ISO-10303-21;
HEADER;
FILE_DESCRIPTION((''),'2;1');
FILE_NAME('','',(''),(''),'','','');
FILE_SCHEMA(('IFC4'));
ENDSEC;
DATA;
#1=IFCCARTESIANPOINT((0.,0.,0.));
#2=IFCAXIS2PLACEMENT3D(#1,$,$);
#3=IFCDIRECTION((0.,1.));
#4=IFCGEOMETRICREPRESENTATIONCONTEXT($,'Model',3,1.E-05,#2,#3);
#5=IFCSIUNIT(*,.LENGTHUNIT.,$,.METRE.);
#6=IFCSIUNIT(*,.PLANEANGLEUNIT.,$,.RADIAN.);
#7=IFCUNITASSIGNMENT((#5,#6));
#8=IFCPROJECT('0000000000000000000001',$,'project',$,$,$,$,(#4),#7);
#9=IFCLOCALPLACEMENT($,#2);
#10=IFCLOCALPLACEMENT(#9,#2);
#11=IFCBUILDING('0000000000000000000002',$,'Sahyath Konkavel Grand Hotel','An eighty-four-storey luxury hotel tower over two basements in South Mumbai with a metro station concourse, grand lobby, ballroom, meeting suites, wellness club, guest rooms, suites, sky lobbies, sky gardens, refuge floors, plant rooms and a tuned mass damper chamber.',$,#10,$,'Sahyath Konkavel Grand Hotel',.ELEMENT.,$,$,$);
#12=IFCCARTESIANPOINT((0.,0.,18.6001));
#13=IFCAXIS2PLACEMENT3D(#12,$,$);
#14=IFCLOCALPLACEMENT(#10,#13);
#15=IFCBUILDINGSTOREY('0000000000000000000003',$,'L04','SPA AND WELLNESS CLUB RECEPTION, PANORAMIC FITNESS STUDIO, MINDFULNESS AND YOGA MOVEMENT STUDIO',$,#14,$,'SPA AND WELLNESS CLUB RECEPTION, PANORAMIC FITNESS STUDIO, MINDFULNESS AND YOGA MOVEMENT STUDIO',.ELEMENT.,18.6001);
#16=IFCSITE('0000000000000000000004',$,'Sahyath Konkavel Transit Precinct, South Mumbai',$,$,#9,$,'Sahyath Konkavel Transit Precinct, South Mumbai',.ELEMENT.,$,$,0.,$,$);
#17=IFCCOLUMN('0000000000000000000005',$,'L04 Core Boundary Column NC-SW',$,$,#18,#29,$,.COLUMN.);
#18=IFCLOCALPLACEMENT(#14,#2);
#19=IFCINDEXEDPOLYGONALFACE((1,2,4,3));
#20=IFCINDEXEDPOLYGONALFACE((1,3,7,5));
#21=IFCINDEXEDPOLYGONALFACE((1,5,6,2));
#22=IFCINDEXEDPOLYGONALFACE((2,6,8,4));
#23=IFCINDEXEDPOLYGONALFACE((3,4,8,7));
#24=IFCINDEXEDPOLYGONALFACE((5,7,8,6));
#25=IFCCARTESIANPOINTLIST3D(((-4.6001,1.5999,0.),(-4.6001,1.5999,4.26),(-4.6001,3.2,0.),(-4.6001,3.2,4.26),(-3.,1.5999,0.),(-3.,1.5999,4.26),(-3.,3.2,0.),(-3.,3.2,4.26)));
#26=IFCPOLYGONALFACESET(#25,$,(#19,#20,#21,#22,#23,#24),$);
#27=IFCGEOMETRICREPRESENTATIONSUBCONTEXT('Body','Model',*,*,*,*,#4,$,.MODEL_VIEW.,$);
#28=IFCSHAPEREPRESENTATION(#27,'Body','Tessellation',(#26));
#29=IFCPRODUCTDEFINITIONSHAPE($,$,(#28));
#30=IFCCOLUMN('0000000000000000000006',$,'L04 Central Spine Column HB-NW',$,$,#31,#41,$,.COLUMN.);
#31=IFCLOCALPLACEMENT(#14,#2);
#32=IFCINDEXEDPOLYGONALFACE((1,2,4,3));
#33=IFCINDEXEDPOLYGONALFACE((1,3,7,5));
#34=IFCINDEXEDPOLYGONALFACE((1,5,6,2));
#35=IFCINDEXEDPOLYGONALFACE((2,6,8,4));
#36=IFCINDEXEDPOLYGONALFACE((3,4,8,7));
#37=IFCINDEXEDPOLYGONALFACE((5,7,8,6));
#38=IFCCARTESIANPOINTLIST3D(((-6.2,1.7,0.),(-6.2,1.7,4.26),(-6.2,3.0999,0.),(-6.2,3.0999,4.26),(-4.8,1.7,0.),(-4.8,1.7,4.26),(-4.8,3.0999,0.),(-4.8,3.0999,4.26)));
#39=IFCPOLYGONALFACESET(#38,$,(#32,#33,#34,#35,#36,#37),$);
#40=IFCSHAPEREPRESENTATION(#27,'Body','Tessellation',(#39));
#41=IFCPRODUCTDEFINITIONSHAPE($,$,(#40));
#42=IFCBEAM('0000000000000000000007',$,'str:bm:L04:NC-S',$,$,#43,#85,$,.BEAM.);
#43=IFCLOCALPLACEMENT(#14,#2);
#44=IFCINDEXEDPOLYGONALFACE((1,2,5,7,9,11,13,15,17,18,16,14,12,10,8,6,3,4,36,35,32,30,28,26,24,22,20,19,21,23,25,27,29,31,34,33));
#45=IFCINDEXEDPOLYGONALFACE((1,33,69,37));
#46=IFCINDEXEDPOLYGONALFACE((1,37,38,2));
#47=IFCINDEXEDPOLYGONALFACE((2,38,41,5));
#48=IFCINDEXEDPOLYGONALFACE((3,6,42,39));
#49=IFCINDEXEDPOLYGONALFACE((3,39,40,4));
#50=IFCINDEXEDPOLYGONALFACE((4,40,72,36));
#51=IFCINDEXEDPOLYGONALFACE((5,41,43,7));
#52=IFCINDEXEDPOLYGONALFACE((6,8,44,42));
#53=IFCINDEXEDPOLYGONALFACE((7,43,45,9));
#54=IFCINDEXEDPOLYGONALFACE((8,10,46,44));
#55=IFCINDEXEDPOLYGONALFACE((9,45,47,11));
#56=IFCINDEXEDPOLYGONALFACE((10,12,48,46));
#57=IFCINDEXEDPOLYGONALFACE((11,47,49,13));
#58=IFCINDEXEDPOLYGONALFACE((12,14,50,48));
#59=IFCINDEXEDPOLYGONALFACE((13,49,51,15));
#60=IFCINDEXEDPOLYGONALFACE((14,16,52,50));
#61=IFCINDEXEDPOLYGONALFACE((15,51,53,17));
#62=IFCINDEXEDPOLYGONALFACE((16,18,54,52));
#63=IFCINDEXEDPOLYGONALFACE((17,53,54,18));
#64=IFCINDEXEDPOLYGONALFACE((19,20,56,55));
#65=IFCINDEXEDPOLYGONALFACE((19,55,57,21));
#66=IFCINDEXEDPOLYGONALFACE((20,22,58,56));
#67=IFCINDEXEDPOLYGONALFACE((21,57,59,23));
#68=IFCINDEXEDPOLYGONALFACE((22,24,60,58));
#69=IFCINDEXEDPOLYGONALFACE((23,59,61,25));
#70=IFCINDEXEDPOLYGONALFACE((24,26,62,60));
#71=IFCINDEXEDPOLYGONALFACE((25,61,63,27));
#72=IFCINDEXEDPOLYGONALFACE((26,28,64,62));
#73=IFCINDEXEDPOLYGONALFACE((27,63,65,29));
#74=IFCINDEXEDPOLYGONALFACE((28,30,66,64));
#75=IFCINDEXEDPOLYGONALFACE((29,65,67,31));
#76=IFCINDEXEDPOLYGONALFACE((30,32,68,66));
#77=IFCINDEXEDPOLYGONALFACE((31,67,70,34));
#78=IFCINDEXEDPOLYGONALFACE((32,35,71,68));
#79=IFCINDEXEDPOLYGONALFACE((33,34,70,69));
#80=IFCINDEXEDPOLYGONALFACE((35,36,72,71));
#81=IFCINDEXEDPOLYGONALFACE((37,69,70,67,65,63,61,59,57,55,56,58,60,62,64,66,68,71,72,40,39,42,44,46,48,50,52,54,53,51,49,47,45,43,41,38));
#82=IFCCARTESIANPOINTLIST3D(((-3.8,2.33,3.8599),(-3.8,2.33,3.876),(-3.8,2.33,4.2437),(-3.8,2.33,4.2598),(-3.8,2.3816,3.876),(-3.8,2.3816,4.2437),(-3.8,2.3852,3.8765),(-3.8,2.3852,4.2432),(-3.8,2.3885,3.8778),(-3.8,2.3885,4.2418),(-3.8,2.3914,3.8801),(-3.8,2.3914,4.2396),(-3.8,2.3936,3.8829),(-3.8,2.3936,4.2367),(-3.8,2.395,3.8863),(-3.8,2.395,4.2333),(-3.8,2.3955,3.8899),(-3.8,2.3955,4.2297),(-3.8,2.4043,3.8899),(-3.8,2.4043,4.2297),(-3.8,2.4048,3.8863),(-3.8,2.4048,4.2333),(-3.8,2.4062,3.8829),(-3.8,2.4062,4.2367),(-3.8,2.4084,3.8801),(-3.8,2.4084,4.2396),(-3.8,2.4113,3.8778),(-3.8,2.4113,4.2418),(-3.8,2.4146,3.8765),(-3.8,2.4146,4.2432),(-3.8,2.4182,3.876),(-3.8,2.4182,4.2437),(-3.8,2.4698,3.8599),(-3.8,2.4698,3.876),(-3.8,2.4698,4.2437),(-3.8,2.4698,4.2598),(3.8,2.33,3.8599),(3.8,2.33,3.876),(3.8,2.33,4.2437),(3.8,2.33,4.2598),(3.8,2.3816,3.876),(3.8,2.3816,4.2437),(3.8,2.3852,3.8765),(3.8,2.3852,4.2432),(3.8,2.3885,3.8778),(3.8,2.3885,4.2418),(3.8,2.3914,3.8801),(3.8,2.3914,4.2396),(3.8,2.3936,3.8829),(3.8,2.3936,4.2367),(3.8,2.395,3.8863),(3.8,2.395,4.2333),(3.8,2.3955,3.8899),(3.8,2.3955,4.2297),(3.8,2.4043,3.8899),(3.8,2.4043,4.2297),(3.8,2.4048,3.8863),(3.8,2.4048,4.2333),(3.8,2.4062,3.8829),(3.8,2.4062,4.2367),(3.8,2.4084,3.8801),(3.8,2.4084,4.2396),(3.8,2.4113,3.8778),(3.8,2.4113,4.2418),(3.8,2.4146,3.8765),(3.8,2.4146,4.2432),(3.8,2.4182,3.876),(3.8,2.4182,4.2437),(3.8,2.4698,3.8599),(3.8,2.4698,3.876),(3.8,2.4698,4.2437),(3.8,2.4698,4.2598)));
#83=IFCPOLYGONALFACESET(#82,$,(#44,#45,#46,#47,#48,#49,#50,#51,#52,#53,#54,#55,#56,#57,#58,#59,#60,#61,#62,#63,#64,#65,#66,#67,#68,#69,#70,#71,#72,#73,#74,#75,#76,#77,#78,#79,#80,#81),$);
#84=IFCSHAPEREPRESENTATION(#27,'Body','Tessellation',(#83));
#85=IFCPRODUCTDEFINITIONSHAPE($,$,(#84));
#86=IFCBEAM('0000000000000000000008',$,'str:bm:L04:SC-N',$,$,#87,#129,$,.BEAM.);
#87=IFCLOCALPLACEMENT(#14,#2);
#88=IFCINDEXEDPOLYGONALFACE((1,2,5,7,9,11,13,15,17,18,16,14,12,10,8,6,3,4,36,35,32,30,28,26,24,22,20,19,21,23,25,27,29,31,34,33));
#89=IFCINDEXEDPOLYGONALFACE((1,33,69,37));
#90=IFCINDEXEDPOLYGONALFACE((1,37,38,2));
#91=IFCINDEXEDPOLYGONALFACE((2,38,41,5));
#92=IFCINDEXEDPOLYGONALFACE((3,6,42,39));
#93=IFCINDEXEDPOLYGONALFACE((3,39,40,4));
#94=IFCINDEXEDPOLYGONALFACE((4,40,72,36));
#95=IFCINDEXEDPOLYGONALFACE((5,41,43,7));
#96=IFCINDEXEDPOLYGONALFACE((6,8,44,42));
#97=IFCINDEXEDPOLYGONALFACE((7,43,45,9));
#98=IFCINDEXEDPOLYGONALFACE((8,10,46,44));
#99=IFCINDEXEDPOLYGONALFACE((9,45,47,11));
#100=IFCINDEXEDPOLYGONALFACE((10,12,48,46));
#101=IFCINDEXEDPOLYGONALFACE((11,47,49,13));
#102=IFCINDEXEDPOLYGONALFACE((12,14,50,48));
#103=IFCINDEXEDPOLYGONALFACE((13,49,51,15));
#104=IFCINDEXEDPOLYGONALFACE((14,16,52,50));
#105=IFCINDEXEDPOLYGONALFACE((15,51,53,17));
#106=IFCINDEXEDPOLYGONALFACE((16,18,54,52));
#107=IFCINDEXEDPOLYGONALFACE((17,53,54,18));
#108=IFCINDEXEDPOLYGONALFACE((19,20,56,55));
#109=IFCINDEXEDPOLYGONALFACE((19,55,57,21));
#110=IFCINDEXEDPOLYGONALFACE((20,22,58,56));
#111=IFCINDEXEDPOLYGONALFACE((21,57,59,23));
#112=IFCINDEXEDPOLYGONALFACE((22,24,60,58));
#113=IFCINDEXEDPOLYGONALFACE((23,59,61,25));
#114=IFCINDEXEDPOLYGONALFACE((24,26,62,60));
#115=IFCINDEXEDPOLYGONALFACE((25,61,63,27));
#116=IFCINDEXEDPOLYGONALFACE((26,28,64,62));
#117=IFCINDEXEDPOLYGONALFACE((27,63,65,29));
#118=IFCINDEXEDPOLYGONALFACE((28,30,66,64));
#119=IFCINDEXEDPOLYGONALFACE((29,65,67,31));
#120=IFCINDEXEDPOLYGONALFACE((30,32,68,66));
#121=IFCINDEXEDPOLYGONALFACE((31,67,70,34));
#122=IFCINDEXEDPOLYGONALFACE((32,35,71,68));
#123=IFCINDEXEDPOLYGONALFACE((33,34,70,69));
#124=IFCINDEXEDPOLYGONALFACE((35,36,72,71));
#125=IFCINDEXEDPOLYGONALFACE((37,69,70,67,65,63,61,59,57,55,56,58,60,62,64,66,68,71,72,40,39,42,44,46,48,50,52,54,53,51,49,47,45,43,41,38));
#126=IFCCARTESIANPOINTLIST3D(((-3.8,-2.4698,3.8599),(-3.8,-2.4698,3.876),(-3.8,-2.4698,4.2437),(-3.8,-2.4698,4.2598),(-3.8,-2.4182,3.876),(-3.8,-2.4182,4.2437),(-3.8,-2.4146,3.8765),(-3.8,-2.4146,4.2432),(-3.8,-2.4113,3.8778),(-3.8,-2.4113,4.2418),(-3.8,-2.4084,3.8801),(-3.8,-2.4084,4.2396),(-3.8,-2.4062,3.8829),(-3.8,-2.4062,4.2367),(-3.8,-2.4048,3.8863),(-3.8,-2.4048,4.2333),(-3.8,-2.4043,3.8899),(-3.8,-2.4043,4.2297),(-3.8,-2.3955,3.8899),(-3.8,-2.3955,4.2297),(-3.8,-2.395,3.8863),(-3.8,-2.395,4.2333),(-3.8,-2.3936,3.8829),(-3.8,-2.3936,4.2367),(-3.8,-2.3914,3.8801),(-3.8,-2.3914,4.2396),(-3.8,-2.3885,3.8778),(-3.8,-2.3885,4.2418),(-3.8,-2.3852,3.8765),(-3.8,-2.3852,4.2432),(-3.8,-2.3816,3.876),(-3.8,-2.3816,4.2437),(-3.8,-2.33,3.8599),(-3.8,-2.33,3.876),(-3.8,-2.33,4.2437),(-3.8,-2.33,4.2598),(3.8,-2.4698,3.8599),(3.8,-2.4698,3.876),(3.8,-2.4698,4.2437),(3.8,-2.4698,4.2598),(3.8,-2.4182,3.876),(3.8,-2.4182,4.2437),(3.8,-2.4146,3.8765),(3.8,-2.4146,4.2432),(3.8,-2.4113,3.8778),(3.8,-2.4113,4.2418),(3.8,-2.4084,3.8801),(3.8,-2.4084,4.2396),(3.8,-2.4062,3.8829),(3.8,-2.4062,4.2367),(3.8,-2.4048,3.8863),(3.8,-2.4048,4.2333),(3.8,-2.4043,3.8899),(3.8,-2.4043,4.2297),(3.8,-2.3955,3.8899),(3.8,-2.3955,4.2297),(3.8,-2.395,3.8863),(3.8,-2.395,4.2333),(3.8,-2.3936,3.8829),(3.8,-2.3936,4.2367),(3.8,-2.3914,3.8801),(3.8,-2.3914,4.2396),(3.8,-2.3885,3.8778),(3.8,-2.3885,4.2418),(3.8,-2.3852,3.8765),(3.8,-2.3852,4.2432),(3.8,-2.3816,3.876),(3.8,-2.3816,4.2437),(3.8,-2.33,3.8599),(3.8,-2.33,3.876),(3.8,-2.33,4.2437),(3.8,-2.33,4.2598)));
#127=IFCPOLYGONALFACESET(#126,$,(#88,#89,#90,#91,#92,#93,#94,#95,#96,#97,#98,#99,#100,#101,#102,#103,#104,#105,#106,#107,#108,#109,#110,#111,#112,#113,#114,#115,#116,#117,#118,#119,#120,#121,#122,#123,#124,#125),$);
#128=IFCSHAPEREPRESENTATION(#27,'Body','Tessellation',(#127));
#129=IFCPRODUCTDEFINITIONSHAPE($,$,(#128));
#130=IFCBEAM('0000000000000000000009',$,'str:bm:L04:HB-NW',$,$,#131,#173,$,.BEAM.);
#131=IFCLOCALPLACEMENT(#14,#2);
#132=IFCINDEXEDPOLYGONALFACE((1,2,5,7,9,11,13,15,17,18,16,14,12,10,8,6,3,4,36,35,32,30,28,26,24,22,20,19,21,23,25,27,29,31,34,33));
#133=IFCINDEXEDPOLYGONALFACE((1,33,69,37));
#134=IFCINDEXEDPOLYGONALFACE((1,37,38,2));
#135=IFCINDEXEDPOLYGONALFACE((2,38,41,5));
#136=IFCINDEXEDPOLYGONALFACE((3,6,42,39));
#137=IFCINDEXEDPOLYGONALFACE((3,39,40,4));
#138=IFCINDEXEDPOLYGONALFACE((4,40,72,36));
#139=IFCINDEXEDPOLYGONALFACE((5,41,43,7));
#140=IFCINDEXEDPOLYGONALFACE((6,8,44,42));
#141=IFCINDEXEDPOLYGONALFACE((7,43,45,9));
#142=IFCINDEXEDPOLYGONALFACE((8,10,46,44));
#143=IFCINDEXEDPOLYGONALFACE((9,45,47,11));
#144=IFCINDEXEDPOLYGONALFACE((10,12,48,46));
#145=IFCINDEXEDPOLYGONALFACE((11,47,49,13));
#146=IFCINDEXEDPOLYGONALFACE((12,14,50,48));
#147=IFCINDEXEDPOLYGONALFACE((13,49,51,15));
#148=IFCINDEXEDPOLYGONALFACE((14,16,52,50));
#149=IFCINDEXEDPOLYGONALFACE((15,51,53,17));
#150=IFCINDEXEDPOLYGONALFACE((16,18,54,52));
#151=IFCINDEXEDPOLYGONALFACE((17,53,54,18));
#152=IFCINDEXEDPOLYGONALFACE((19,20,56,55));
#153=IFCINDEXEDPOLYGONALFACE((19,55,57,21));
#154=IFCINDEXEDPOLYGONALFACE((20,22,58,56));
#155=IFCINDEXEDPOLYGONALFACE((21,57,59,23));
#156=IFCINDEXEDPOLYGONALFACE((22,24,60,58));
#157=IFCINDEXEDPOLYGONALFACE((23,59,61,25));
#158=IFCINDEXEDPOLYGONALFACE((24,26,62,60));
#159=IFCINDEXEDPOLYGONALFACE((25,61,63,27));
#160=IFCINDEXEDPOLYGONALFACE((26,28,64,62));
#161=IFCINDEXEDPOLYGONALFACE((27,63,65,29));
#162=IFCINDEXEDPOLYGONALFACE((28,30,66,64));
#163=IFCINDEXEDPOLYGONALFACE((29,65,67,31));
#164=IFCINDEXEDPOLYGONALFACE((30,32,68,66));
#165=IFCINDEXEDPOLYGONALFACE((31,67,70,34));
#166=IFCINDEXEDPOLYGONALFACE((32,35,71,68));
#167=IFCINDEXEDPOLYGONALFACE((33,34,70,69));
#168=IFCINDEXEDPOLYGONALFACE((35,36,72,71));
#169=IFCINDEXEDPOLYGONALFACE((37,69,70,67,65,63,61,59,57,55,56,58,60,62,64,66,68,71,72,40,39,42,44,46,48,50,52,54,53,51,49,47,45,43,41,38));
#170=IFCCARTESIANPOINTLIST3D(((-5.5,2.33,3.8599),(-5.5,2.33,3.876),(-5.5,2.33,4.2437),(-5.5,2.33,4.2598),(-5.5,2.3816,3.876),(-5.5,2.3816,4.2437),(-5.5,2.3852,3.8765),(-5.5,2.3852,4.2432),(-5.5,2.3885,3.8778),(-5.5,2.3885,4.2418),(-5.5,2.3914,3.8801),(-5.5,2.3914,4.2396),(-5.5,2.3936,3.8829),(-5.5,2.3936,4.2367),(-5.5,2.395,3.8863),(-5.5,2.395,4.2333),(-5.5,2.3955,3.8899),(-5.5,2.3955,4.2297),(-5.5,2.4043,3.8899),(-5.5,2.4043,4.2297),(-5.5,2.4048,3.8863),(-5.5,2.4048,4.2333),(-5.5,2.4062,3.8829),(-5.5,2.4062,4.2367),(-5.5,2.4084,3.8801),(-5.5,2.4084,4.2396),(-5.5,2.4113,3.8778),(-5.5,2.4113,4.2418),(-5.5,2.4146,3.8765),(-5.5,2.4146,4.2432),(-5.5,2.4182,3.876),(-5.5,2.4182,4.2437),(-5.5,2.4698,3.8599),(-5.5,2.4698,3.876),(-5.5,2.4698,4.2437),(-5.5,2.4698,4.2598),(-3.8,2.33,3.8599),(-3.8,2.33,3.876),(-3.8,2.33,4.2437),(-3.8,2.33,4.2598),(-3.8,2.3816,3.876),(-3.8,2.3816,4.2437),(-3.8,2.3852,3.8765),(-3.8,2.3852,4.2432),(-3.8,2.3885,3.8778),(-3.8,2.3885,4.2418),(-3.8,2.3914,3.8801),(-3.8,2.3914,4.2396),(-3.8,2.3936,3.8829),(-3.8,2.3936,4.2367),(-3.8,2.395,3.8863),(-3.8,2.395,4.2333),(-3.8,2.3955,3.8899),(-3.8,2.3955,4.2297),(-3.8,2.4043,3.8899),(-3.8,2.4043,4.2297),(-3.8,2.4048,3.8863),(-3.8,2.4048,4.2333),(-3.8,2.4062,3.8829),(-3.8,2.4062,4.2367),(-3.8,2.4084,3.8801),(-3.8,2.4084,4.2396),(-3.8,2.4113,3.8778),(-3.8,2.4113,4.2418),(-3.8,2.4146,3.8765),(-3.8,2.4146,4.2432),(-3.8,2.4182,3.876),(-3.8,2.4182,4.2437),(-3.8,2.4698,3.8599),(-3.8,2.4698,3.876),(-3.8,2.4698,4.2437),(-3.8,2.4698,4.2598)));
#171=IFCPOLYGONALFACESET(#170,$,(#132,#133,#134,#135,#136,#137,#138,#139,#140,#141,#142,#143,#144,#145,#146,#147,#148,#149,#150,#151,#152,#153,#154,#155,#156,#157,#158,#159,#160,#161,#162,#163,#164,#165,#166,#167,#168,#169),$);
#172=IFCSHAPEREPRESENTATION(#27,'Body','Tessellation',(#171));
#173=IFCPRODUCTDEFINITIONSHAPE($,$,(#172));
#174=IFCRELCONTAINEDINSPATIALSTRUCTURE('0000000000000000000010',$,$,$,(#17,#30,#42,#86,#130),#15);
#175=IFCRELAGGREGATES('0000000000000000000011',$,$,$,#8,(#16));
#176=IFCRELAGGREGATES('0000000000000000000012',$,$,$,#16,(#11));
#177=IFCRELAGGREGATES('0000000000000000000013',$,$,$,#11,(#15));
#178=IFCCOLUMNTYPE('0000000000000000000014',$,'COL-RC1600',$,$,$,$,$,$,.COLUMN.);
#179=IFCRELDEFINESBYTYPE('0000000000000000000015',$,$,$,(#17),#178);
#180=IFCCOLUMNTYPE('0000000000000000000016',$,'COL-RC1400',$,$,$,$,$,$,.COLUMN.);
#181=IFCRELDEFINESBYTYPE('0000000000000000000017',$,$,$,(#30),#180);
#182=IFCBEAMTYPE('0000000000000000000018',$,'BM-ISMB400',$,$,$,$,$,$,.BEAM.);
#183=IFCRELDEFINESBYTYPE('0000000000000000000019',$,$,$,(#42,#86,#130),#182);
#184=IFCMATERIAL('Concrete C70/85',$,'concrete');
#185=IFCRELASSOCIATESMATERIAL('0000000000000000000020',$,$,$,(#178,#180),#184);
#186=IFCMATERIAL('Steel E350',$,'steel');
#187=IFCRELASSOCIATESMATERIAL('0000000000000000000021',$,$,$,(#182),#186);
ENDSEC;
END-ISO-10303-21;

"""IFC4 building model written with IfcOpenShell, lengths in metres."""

from ifc_helpers import new_model, si_unit, direction, frame, origin, origin_2d, place, context, subcontext, project, spatial, rectangle, i_section, extrude, source, transform, mapped, material, material_profile, profile_set, type_object, element, save


model = new_model("IFC4")

# Units and contexts
model_context = context("Model", 3, precision=1e-05, world=origin(), true_north=direction((0.0, 1.0)))
body_context = subcontext(model_context, "Body", "Model", "MODEL_VIEW")
ifc_project = project(units=[si_unit("LENGTHUNIT", "METRE"), si_unit("PLANEANGLEUNIT", "RADIAN")], contexts=[model_context])

# Site, building, storey
site_placement = place(None, origin())
site = spatial("IfcSite", under=ifc_project, at=site_placement, Name="Sahyath Konkavel Transit Precinct, South Mumbai", LongName="Sahyath Konkavel Transit Precinct, South Mumbai", CompositionType="ELEMENT", RefElevation=0.0)
building_placement = place(site_placement, origin())
building = spatial("IfcBuilding", under=site, at=building_placement, Name="Sahyath Konkavel Grand Hotel", Description="An eighty-four-storey luxury hotel tower over two basements in South Mumbai with a metro station concourse, grand lobby, ballroom, meeting suites, wellness club, guest rooms, suites, sky lobbies, sky gardens, refuge floors, plant rooms and a tuned mass damper chamber.", LongName="Sahyath Konkavel Grand Hotel", CompositionType="ELEMENT")
storey_placement = place(building_placement, frame((0.0, 0.0, 18.6001)))
storey = spatial("IfcBuildingStorey", under=building, at=storey_placement, Name="L04", Description="SPA AND WELLNESS CLUB RECEPTION, PANORAMIC FITNESS STUDIO, MINDFULNESS AND YOGA MOVEMENT STUDIO", LongName="SPA AND WELLNESS CLUB RECEPTION, PANORAMIC FITNESS STUDIO, MINDFULNESS AND YOGA MOVEMENT STUDIO", CompositionType="ELEMENT", Elevation=18.6001)

# Columns
ifc_material_1 = material(Name="Concrete C70/85", Category="concrete")
ifc_material_profile_1 = material_profile(ifc_material_1, rectangle(XDim=1.6001, YDim=1.6001, at=origin_2d()), Name="RC 1600x1600")
ifc_profile_set_1 = profile_set([ifc_material_profile_1], Name="Concrete C70/85")
column_type_1 = type_object("IfcColumnType", Name="COL-RC1600", PredefinedType="COLUMN", material=ifc_profile_set_1)
shared_shape_1 = source(origin(), body_context, "Body", "SweptSolid", [
    extrude(rectangle(XDim=1.6001, YDim=1.6001, at=origin_2d()), origin(), (0.0, 0.0, 1.0), 4.26),
])
column_1_placement = place(storey_placement, frame((-3.8, 2.3999, 0.0), z_axis=(0.0, 0.0, 1.0), x_axis=(1.0, 0.0, 0.0)))
element("IfcColumn", 1, at=column_1_placement, inside=storey, type_object=column_type_1, Name="L04 Core Boundary Column NC-SW", PredefinedType="COLUMN", context=body_context, shape_type="MappedRepresentation", body=[
    mapped(shared_shape_1, transform((0.0, 0.0, 0.0), scale=1.0)),
])
ifc_material_profile_2 = material_profile(ifc_material_1, rectangle(XDim=1.3999, YDim=1.3999, at=origin_2d()), Name="RC 1400x1400")
ifc_profile_set_2 = profile_set([ifc_material_profile_2], Name="Concrete C70/85")
column_type_2 = type_object("IfcColumnType", Name="COL-RC1400", PredefinedType="COLUMN", material=ifc_profile_set_2)
shared_shape_2 = source(origin(), body_context, "Body", "SweptSolid", [
    extrude(rectangle(XDim=1.3999, YDim=1.3999, at=origin_2d()), origin(), (0.0, 0.0, 1.0), 4.26),
])
column_2_placement = place(storey_placement, frame((-5.5, 2.3999, 0.0), z_axis=(0.0, 0.0, 1.0), x_axis=(1.0, 0.0, 0.0)))
element("IfcColumn", 2, at=column_2_placement, inside=storey, type_object=column_type_2, Name="L04 Central Spine Column HB-NW", PredefinedType="COLUMN", context=body_context, shape_type="MappedRepresentation", body=[
    mapped(shared_shape_2, transform((0.0, 0.0, 0.0), scale=1.0)),
])

# Beams
ifc_material_2 = material(Name="Steel E350", Category="steel")
ifc_material_profile_3 = material_profile(ifc_material_2, i_section(OverallWidth=0.1399, OverallDepth=0.3999, WebThickness=0.0088, FlangeThickness=0.0161, FilletRadius=0.0139, at=origin_2d()), Name="ISMB 400")
ifc_profile_set_3 = profile_set([ifc_material_profile_3], Name="Steel E350")
beam_type_1 = type_object("IfcBeamType", Name="BM-ISMB400", PredefinedType="BEAM", material=ifc_profile_set_3)
shared_shape_3 = source(origin(), body_context, "Body", "SweptSolid", [
    extrude(i_section(OverallWidth=0.1399, OverallDepth=0.3999, WebThickness=0.0088, FlangeThickness=0.0161, FilletRadius=0.0139, at=origin_2d()), origin(), (0.0, 0.0, 1.0), 7.6001),
])
for number, where, z_axis, x_axis, name in (
    (3, (-3.8, 2.3999, 4.0598), (1.0, 0.0, 0.0), (0.0, 1.0, 0.0), "str:bm:L04:NC-S"),
    (4, (-3.8, -2.3999, 4.0598), (1.0, 0.0, 0.0), (0.0, 1.0, 0.0), "str:bm:L04:SC-N"),
):
    element("IfcBeam", number, at=place(storey_placement, frame(where, z_axis=z_axis, x_axis=x_axis)), inside=storey, type_object=beam_type_1, Name=name, PredefinedType="BEAM", context=body_context, shape_type="MappedRepresentation", body=[
        mapped(shared_shape_3, transform((0.0, 0.0, 0.0), scale=1.0)),
    ])
shared_shape_4 = source(origin(), body_context, "Body", "SweptSolid", [
    extrude(i_section(OverallWidth=0.1399, OverallDepth=0.3999, WebThickness=0.0088, FlangeThickness=0.0161, FilletRadius=0.0139, at=origin_2d()), origin(), (0.0, 0.0, 1.0), 1.7),
])
beam_1_placement = place(storey_placement, frame((-5.5, 2.3999, 4.0598), z_axis=(1.0, 0.0, 0.0), x_axis=(0.0, 1.0, 0.0)))
element("IfcBeam", 5, at=beam_1_placement, inside=storey, type_object=beam_type_1, Name="str:bm:L04:HB-NW", PredefinedType="BEAM", context=body_context, shape_type="MappedRepresentation", body=[
    mapped(shared_shape_4, transform((0.0, 0.0, 0.0), scale=1.0)),
])

save(model, "model.ifc")
